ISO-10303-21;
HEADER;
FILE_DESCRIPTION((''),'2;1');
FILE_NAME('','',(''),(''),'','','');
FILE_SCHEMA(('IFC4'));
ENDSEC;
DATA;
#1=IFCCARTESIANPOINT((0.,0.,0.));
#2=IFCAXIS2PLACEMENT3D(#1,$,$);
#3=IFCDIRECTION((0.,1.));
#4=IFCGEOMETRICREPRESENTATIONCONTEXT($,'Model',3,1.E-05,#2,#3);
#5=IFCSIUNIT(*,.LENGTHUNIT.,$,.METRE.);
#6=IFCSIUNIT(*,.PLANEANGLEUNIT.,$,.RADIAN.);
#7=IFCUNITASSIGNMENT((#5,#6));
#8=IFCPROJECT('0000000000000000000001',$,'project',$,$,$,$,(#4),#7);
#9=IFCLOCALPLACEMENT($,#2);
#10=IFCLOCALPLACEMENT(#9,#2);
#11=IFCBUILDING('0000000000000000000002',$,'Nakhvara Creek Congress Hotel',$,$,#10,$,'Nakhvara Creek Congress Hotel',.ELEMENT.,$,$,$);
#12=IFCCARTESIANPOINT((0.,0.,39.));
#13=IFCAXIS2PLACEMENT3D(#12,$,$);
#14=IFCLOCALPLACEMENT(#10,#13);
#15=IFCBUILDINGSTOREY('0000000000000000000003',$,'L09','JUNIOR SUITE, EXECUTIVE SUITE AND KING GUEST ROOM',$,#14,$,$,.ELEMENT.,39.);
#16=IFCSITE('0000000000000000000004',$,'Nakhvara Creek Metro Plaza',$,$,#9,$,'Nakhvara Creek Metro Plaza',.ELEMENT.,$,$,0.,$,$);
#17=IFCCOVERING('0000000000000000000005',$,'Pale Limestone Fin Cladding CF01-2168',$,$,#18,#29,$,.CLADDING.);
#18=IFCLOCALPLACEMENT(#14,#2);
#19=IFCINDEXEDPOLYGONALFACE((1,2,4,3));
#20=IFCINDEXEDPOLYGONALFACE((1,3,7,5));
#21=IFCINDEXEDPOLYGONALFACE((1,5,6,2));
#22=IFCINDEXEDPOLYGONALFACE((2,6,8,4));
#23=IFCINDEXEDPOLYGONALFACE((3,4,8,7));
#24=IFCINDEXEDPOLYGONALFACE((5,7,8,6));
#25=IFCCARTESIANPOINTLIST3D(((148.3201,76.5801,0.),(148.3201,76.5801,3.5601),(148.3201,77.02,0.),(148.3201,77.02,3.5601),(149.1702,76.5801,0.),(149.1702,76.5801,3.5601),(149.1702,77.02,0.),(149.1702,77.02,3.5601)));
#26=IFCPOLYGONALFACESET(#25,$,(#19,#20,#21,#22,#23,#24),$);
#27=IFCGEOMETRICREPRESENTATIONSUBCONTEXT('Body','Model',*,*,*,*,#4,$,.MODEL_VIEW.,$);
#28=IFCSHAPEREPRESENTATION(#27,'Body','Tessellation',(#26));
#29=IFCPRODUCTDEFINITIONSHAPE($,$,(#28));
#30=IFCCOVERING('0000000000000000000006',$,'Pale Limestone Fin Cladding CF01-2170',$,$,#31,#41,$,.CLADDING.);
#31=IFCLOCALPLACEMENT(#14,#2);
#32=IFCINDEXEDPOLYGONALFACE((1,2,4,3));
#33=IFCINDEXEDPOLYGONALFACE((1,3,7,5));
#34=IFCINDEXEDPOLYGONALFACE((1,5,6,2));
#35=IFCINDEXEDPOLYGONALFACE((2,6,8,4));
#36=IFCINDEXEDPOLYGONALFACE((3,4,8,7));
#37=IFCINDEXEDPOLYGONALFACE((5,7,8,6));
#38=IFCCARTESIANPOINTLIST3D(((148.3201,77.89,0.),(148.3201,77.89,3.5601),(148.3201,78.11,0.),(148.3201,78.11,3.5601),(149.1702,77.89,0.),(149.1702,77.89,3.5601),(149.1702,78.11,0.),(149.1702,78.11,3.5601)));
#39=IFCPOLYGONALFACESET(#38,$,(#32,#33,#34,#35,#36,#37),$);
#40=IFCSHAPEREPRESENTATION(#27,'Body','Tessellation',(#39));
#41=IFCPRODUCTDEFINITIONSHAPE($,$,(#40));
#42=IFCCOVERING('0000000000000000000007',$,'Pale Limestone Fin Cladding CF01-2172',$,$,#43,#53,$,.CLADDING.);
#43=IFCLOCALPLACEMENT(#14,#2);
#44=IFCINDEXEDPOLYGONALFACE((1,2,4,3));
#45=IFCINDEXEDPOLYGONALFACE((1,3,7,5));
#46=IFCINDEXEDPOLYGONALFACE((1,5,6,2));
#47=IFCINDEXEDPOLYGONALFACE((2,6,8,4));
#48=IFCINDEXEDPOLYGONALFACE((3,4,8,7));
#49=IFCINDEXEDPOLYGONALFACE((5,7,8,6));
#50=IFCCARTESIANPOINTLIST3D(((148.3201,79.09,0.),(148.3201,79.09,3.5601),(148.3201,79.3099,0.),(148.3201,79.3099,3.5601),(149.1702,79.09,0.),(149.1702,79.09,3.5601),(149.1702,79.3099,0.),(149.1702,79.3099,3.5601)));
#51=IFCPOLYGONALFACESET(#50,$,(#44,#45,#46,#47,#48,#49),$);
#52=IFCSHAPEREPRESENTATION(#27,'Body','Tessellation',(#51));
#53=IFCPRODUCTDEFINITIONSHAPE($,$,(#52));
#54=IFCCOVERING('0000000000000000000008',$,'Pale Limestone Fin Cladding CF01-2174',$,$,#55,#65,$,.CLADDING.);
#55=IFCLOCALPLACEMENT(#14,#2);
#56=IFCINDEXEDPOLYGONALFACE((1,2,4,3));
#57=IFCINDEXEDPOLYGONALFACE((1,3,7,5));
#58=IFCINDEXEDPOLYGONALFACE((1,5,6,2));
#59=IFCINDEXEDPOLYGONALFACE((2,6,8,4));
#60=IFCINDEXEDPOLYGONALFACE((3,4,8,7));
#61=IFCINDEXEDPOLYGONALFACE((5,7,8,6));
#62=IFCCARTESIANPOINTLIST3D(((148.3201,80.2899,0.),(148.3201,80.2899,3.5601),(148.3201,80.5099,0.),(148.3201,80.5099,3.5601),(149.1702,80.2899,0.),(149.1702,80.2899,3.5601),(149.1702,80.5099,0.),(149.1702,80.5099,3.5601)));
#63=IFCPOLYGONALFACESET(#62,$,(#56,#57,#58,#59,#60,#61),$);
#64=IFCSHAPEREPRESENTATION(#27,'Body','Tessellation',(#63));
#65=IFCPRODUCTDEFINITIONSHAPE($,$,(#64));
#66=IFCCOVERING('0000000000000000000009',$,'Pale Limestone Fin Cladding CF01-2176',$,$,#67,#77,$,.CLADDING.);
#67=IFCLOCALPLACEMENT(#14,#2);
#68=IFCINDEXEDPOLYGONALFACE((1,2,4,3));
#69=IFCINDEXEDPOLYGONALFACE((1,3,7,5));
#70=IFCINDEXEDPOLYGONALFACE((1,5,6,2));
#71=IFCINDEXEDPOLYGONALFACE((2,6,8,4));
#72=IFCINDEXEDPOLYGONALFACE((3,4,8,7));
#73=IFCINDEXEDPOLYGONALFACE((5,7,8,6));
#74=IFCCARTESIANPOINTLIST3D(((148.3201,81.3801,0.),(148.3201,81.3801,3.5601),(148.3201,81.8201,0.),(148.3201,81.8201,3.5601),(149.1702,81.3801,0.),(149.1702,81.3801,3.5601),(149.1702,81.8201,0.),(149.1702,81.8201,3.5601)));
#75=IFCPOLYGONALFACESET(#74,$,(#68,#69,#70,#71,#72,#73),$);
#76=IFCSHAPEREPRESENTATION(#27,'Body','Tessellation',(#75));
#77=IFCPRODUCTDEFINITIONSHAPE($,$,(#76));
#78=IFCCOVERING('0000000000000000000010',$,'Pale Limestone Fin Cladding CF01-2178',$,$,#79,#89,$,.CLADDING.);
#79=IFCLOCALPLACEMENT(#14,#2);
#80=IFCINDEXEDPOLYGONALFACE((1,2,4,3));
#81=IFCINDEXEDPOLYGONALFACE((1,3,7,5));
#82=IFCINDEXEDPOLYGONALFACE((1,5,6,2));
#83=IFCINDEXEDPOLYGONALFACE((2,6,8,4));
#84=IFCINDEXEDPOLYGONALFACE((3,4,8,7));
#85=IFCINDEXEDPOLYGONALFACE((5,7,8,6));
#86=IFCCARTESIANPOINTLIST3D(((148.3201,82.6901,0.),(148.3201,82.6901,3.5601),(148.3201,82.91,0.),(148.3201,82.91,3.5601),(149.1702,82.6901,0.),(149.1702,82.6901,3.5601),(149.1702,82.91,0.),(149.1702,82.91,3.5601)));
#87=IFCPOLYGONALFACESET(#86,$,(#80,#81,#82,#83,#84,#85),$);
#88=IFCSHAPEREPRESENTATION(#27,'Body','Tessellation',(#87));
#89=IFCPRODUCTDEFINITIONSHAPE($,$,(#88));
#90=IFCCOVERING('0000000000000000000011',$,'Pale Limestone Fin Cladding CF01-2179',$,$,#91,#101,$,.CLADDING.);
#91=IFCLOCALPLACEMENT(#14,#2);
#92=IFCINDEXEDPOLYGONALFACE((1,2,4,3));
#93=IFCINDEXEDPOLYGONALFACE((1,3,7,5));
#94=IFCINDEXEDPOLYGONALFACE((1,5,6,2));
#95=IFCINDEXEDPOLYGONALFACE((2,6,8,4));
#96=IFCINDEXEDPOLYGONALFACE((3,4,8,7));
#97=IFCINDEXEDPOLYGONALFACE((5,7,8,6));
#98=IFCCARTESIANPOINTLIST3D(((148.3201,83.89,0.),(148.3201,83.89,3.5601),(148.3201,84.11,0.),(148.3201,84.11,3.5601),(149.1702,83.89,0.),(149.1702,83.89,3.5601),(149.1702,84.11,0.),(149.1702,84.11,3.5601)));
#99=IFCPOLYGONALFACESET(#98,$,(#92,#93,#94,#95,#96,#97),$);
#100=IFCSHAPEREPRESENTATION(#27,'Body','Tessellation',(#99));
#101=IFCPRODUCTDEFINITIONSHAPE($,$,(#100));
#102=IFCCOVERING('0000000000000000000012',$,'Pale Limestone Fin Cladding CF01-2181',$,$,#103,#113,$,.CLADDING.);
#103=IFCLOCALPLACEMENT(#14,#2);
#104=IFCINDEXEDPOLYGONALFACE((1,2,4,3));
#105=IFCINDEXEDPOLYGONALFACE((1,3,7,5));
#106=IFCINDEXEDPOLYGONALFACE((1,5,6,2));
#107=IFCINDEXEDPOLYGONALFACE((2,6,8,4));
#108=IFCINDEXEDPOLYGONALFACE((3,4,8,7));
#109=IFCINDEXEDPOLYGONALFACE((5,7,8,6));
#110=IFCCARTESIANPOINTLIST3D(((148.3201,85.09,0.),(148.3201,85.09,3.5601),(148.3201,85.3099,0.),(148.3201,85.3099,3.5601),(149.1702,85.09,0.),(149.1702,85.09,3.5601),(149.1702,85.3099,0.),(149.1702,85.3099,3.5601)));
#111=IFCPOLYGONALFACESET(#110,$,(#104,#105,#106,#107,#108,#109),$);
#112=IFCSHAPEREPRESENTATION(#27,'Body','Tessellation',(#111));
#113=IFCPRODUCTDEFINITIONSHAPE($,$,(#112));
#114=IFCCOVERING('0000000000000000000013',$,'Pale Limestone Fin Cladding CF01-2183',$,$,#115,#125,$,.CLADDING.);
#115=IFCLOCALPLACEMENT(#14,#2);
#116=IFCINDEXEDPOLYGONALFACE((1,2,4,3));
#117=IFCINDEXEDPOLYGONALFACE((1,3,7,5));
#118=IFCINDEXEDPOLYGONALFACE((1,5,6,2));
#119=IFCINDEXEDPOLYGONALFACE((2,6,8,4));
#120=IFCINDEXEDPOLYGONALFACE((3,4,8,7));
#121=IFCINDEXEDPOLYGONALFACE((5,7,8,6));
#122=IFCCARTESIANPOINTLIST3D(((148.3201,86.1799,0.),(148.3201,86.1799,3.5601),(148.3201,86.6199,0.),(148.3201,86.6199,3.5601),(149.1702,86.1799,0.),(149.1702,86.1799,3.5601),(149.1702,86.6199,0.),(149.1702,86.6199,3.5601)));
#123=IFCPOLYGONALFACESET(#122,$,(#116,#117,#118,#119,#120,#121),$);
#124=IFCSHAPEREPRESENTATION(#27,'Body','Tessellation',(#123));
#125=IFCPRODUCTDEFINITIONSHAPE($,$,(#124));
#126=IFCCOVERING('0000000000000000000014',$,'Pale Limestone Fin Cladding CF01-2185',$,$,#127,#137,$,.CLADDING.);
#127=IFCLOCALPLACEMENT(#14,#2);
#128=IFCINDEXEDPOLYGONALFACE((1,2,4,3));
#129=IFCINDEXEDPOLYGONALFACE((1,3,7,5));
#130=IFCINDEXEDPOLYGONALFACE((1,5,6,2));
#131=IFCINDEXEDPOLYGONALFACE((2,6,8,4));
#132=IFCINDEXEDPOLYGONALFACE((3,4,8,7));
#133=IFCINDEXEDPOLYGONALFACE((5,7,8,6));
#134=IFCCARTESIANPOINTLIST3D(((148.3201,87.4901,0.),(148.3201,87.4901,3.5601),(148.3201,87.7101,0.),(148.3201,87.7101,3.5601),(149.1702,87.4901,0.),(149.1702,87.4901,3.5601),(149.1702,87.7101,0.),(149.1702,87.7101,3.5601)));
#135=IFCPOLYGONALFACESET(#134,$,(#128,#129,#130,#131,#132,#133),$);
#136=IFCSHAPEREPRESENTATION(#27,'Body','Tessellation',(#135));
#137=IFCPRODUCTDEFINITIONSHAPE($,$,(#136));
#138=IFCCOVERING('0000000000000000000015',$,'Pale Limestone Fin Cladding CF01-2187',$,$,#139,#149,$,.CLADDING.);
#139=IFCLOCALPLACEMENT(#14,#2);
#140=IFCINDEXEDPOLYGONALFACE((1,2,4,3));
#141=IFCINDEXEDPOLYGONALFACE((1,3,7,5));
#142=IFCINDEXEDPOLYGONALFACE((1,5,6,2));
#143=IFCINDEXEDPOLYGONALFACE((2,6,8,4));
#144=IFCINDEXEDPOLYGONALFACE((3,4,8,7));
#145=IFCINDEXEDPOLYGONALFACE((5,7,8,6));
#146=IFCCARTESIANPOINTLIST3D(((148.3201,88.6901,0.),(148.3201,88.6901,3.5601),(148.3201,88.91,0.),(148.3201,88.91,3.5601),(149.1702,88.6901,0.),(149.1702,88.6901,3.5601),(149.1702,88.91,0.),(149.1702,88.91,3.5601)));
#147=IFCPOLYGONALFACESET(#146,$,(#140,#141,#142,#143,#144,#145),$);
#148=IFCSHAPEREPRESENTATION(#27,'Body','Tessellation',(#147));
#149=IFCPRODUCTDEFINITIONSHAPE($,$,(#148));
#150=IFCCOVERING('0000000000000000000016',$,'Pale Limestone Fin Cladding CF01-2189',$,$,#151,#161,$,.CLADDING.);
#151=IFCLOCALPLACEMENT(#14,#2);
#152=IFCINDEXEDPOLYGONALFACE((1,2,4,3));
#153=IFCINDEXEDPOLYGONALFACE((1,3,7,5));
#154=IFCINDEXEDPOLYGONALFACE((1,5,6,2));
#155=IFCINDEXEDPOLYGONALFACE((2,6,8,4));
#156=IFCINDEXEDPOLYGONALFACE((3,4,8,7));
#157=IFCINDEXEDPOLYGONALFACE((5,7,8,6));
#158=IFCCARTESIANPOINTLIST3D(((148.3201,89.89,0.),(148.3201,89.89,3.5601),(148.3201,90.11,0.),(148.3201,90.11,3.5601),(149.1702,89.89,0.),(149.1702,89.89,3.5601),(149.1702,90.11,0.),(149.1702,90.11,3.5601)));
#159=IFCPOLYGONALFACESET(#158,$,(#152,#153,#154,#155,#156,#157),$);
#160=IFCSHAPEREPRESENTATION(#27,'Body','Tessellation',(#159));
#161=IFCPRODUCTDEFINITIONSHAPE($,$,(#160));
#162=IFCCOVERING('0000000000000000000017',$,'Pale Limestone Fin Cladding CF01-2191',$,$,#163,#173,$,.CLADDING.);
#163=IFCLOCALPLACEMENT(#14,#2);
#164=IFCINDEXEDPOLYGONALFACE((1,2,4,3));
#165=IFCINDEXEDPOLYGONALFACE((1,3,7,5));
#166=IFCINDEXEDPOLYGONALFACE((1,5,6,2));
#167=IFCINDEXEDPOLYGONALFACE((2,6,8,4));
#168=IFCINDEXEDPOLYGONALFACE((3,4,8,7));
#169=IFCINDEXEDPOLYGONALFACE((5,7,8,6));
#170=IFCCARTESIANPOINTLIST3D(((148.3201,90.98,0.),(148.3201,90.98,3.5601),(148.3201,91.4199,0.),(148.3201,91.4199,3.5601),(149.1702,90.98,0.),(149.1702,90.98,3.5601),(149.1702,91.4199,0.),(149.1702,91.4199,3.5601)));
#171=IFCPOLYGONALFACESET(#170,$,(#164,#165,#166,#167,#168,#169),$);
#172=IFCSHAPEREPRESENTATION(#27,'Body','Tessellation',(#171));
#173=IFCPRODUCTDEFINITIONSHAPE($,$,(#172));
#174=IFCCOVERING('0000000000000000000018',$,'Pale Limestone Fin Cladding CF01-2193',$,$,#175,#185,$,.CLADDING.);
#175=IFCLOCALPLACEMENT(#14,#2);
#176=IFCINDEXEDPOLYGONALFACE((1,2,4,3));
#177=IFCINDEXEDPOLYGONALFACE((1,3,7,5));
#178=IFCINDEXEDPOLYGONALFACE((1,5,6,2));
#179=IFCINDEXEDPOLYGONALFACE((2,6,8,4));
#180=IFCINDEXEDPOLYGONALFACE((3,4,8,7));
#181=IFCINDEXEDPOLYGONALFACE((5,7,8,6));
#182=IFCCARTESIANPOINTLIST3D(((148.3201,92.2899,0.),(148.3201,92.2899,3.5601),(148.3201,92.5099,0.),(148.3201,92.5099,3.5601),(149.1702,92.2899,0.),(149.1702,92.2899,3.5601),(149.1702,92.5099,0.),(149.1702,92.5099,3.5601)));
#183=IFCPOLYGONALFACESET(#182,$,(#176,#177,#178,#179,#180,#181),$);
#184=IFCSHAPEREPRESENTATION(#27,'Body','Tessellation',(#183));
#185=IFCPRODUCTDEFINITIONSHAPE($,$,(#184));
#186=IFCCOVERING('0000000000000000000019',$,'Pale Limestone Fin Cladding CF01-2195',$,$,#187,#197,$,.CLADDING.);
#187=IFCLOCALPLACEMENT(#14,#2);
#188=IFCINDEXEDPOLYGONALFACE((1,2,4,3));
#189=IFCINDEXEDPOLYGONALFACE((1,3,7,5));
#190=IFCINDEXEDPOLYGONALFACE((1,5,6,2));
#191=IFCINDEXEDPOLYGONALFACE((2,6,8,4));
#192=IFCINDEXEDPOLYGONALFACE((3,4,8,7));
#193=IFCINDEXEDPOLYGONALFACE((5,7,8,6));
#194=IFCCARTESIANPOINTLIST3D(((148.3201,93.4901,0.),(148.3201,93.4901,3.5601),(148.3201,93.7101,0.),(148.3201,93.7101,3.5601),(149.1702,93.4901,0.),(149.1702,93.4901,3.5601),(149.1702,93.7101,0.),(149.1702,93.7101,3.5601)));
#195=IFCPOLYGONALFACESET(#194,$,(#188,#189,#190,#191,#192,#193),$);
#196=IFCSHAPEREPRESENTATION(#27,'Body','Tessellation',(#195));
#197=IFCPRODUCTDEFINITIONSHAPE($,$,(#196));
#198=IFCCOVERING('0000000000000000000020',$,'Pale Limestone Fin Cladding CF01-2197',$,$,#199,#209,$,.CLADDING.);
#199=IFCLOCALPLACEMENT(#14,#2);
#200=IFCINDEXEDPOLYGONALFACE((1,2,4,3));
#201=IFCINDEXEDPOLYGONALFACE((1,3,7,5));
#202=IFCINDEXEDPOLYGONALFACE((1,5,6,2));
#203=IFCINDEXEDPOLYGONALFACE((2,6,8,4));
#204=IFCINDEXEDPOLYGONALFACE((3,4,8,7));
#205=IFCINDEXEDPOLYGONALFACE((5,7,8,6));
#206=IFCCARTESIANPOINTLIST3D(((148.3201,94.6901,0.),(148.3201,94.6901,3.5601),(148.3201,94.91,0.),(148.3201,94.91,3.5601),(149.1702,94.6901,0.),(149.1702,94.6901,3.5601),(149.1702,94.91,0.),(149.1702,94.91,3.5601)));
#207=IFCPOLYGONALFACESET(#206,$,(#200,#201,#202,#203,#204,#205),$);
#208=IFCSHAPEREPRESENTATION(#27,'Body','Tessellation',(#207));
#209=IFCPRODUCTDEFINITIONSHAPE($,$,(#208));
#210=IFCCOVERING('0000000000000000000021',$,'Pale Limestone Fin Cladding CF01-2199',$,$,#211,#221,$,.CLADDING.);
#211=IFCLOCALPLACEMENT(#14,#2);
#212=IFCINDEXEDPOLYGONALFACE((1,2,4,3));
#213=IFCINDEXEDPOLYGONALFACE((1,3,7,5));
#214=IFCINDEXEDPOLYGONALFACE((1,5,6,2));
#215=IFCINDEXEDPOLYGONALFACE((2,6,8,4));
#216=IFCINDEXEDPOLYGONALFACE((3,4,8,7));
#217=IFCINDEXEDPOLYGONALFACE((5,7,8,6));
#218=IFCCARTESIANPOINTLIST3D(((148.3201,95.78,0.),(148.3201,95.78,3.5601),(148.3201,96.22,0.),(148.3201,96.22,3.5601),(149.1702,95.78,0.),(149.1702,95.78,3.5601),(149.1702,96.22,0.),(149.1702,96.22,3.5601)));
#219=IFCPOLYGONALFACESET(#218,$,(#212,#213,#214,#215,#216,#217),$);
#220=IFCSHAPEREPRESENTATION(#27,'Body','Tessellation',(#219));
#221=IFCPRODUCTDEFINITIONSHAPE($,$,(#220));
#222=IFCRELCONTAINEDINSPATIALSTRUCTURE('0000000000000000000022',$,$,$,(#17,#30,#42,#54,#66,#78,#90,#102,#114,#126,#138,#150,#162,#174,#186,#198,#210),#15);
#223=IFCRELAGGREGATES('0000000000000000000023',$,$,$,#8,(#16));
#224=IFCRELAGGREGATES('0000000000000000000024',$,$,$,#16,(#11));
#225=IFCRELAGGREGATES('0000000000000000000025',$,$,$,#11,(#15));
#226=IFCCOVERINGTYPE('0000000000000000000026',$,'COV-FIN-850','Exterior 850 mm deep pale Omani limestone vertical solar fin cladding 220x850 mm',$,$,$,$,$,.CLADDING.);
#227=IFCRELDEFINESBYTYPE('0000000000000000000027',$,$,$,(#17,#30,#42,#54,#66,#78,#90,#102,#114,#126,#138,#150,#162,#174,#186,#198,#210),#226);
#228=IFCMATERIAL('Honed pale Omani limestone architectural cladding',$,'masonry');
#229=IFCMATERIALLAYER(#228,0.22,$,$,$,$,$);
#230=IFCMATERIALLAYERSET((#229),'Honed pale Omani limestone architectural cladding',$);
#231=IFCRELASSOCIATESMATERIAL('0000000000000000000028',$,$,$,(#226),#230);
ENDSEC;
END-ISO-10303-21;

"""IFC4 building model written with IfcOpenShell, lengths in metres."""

from ifc_helpers import new_model, si_unit, direction, frame, origin, origin_2d, place, context, subcontext, project, spatial, rectangle, extrude, material, layer, layer_set, type_object, element, save


model = new_model("IFC4")

# Units and contexts
model_context = context("Model", 3, precision=1e-05, world=origin(), true_north=direction((0.0, 1.0)))
body_context = subcontext(model_context, "Body", "Model", "MODEL_VIEW")
ifc_project = project(units=[si_unit("LENGTHUNIT", "METRE"), si_unit("PLANEANGLEUNIT", "RADIAN")], contexts=[model_context])

# Site, building, storey
site_placement = place(None, origin())
site = spatial("IfcSite", under=ifc_project, at=site_placement, Name="Nakhvara Creek Metro Plaza", LongName="Nakhvara Creek Metro Plaza", CompositionType="ELEMENT", RefElevation=0.0)
building_placement = place(site_placement, origin())
building = spatial("IfcBuilding", under=site, at=building_placement, Name="Nakhvara Creek Congress Hotel", LongName="Nakhvara Creek Congress Hotel", CompositionType="ELEMENT")
storey_placement = place(building_placement, frame((0.0, 0.0, 39.0)))
storey = spatial("IfcBuildingStorey", under=building, at=storey_placement, Name="L09", Description="JUNIOR SUITE, EXECUTIVE SUITE AND KING GUEST ROOM", CompositionType="ELEMENT", Elevation=39.0)

# Coverings
ifc_material_1 = material(Name="Honed pale Omani limestone architectural cladding", Category="masonry")
ifc_layer = layer(ifc_material_1, 0.22)
ifc_layer_set = layer_set([ifc_layer], Name="Honed pale Omani limestone architectural cladding")
covering_type = type_object("IfcCoveringType", Name="COV-FIN-850", Description="Exterior 850 mm deep pale Omani limestone vertical solar fin cladding 220x850 mm", PredefinedType="CLADDING", material=ifc_layer_set)
covering_1_placement = place(storey_placement, frame((148.7451, 76.8, 0.0), z_axis=(0.0, 0.0, 1.0), x_axis=(0.0, 1.0, 0.0)))
element("IfcCovering", 1, at=covering_1_placement, inside=storey, type_object=covering_type, Name="Pale Limestone Fin Cladding CF01-2168", PredefinedType="CLADDING", context=body_context, shape_type="SweptSolid", body=[
    extrude(rectangle(XDim=0.4399, YDim=0.8501, at=origin_2d()), origin(), (0.0, 0.0, 1.0), 3.5601),
])
for number, where, z_axis, x_axis, name in (
    (2, (148.7451, 78.0, 0.0), (0.0, 0.0, 1.0), (0.0, 1.0, 0.0), "Pale Limestone Fin Cladding CF01-2170"),
    (3, (148.7451, 79.2, 0.0), (0.0, 0.0, 1.0), (0.0, 1.0, 0.0), "Pale Limestone Fin Cladding CF01-2172"),
    (4, (148.7451, 80.3999, 0.0), (0.0, 0.0, 1.0), (0.0, 1.0, 0.0), "Pale Limestone Fin Cladding CF01-2174"),
):
    element("IfcCovering", number, at=place(storey_placement, frame(where, z_axis=z_axis, x_axis=x_axis)), inside=storey, type_object=covering_type, Name=name, PredefinedType="CLADDING", context=body_context, shape_type="SweptSolid", body=[
        extrude(rectangle(XDim=0.22, YDim=0.8501, at=origin_2d()), origin(), (0.0, 0.0, 1.0), 3.5601),
    ])
covering_2_placement = place(storey_placement, frame((148.7451, 81.6001, 0.0), z_axis=(0.0, 0.0, 1.0), x_axis=(0.0, 1.0, 0.0)))
element("IfcCovering", 5, at=covering_2_placement, inside=storey, type_object=covering_type, Name="Pale Limestone Fin Cladding CF01-2176", PredefinedType="CLADDING", context=body_context, shape_type="SweptSolid", body=[
    extrude(rectangle(XDim=0.4399, YDim=0.8501, at=origin_2d()), origin(), (0.0, 0.0, 1.0), 3.5601),
])
for number, where, z_axis, x_axis, name in (
    (6, (148.7451, 82.8, 0.0), (0.0, 0.0, 1.0), (0.0, 1.0, 0.0), "Pale Limestone Fin Cladding CF01-2178"),
    (7, (148.7451, 84.0, 0.0), (0.0, 0.0, 1.0), (0.0, 1.0, 0.0), "Pale Limestone Fin Cladding CF01-2179"),
    (8, (148.7451, 85.2, 0.0), (0.0, 0.0, 1.0), (0.0, 1.0, 0.0), "Pale Limestone Fin Cladding CF01-2181"),
):
    element("IfcCovering", number, at=place(storey_placement, frame(where, z_axis=z_axis, x_axis=x_axis)), inside=storey, type_object=covering_type, Name=name, PredefinedType="CLADDING", context=body_context, shape_type="SweptSolid", body=[
        extrude(rectangle(XDim=0.22, YDim=0.8501, at=origin_2d()), origin(), (0.0, 0.0, 1.0), 3.5601),
    ])
covering_3_placement = place(storey_placement, frame((148.7451, 86.3999, 0.0), z_axis=(0.0, 0.0, 1.0), x_axis=(0.0, 1.0, 0.0)))
element("IfcCovering", 9, at=covering_3_placement, inside=storey, type_object=covering_type, Name="Pale Limestone Fin Cladding CF01-2183", PredefinedType="CLADDING", context=body_context, shape_type="SweptSolid", body=[
    extrude(rectangle(XDim=0.4399, YDim=0.8501, at=origin_2d()), origin(), (0.0, 0.0, 1.0), 3.5601),
])
for number, where, z_axis, x_axis, name in (
    (10, (148.7451, 87.6001, 0.0), (0.0, 0.0, 1.0), (0.0, 1.0, 0.0), "Pale Limestone Fin Cladding CF01-2185"),
    (11, (148.7451, 88.8, 0.0), (0.0, 0.0, 1.0), (0.0, 1.0, 0.0), "Pale Limestone Fin Cladding CF01-2187"),
    (12, (148.7451, 90.0, 0.0), (0.0, 0.0, 1.0), (0.0, 1.0, 0.0), "Pale Limestone Fin Cladding CF01-2189"),
):
    element("IfcCovering", number, at=place(storey_placement, frame(where, z_axis=z_axis, x_axis=x_axis)), inside=storey, type_object=covering_type, Name=name, PredefinedType="CLADDING", context=body_context, shape_type="SweptSolid", body=[
        extrude(rectangle(XDim=0.22, YDim=0.8501, at=origin_2d()), origin(), (0.0, 0.0, 1.0), 3.5601),
    ])
covering_4_placement = place(storey_placement, frame((148.7451, 91.2, 0.0), z_axis=(0.0, 0.0, 1.0), x_axis=(0.0, 1.0, 0.0)))
element("IfcCovering", 13, at=covering_4_placement, inside=storey, type_object=covering_type, Name="Pale Limestone Fin Cladding CF01-2191", PredefinedType="CLADDING", context=body_context, shape_type="SweptSolid", body=[
    extrude(rectangle(XDim=0.4399, YDim=0.8501, at=origin_2d()), origin(), (0.0, 0.0, 1.0), 3.5601),
])
for number, where, z_axis, x_axis, name in (
    (14, (148.7451, 92.3999, 0.0), (0.0, 0.0, 1.0), (0.0, 1.0, 0.0), "Pale Limestone Fin Cladding CF01-2193"),
    (15, (148.7451, 93.6001, 0.0), (0.0, 0.0, 1.0), (0.0, 1.0, 0.0), "Pale Limestone Fin Cladding CF01-2195"),
    (16, (148.7451, 94.8, 0.0), (0.0, 0.0, 1.0), (0.0, 1.0, 0.0), "Pale Limestone Fin Cladding CF01-2197"),
):
    element("IfcCovering", number, at=place(storey_placement, frame(where, z_axis=z_axis, x_axis=x_axis)), inside=storey, type_object=covering_type, Name=name, PredefinedType="CLADDING", context=body_context, shape_type="SweptSolid", body=[
        extrude(rectangle(XDim=0.22, YDim=0.8501, at=origin_2d()), origin(), (0.0, 0.0, 1.0), 3.5601),
    ])
covering_5_placement = place(storey_placement, frame((148.7451, 96.0, 0.0), z_axis=(0.0, 0.0, 1.0), x_axis=(0.0, 1.0, 0.0)))
element("IfcCovering", 17, at=covering_5_placement, inside=storey, type_object=covering_type, Name="Pale Limestone Fin Cladding CF01-2199", PredefinedType="CLADDING", context=body_context, shape_type="SweptSolid", body=[
    extrude(rectangle(XDim=0.4399, YDim=0.8501, at=origin_2d()), origin(), (0.0, 0.0, 1.0), 3.5601),
])

save(model, "model.ifc")
